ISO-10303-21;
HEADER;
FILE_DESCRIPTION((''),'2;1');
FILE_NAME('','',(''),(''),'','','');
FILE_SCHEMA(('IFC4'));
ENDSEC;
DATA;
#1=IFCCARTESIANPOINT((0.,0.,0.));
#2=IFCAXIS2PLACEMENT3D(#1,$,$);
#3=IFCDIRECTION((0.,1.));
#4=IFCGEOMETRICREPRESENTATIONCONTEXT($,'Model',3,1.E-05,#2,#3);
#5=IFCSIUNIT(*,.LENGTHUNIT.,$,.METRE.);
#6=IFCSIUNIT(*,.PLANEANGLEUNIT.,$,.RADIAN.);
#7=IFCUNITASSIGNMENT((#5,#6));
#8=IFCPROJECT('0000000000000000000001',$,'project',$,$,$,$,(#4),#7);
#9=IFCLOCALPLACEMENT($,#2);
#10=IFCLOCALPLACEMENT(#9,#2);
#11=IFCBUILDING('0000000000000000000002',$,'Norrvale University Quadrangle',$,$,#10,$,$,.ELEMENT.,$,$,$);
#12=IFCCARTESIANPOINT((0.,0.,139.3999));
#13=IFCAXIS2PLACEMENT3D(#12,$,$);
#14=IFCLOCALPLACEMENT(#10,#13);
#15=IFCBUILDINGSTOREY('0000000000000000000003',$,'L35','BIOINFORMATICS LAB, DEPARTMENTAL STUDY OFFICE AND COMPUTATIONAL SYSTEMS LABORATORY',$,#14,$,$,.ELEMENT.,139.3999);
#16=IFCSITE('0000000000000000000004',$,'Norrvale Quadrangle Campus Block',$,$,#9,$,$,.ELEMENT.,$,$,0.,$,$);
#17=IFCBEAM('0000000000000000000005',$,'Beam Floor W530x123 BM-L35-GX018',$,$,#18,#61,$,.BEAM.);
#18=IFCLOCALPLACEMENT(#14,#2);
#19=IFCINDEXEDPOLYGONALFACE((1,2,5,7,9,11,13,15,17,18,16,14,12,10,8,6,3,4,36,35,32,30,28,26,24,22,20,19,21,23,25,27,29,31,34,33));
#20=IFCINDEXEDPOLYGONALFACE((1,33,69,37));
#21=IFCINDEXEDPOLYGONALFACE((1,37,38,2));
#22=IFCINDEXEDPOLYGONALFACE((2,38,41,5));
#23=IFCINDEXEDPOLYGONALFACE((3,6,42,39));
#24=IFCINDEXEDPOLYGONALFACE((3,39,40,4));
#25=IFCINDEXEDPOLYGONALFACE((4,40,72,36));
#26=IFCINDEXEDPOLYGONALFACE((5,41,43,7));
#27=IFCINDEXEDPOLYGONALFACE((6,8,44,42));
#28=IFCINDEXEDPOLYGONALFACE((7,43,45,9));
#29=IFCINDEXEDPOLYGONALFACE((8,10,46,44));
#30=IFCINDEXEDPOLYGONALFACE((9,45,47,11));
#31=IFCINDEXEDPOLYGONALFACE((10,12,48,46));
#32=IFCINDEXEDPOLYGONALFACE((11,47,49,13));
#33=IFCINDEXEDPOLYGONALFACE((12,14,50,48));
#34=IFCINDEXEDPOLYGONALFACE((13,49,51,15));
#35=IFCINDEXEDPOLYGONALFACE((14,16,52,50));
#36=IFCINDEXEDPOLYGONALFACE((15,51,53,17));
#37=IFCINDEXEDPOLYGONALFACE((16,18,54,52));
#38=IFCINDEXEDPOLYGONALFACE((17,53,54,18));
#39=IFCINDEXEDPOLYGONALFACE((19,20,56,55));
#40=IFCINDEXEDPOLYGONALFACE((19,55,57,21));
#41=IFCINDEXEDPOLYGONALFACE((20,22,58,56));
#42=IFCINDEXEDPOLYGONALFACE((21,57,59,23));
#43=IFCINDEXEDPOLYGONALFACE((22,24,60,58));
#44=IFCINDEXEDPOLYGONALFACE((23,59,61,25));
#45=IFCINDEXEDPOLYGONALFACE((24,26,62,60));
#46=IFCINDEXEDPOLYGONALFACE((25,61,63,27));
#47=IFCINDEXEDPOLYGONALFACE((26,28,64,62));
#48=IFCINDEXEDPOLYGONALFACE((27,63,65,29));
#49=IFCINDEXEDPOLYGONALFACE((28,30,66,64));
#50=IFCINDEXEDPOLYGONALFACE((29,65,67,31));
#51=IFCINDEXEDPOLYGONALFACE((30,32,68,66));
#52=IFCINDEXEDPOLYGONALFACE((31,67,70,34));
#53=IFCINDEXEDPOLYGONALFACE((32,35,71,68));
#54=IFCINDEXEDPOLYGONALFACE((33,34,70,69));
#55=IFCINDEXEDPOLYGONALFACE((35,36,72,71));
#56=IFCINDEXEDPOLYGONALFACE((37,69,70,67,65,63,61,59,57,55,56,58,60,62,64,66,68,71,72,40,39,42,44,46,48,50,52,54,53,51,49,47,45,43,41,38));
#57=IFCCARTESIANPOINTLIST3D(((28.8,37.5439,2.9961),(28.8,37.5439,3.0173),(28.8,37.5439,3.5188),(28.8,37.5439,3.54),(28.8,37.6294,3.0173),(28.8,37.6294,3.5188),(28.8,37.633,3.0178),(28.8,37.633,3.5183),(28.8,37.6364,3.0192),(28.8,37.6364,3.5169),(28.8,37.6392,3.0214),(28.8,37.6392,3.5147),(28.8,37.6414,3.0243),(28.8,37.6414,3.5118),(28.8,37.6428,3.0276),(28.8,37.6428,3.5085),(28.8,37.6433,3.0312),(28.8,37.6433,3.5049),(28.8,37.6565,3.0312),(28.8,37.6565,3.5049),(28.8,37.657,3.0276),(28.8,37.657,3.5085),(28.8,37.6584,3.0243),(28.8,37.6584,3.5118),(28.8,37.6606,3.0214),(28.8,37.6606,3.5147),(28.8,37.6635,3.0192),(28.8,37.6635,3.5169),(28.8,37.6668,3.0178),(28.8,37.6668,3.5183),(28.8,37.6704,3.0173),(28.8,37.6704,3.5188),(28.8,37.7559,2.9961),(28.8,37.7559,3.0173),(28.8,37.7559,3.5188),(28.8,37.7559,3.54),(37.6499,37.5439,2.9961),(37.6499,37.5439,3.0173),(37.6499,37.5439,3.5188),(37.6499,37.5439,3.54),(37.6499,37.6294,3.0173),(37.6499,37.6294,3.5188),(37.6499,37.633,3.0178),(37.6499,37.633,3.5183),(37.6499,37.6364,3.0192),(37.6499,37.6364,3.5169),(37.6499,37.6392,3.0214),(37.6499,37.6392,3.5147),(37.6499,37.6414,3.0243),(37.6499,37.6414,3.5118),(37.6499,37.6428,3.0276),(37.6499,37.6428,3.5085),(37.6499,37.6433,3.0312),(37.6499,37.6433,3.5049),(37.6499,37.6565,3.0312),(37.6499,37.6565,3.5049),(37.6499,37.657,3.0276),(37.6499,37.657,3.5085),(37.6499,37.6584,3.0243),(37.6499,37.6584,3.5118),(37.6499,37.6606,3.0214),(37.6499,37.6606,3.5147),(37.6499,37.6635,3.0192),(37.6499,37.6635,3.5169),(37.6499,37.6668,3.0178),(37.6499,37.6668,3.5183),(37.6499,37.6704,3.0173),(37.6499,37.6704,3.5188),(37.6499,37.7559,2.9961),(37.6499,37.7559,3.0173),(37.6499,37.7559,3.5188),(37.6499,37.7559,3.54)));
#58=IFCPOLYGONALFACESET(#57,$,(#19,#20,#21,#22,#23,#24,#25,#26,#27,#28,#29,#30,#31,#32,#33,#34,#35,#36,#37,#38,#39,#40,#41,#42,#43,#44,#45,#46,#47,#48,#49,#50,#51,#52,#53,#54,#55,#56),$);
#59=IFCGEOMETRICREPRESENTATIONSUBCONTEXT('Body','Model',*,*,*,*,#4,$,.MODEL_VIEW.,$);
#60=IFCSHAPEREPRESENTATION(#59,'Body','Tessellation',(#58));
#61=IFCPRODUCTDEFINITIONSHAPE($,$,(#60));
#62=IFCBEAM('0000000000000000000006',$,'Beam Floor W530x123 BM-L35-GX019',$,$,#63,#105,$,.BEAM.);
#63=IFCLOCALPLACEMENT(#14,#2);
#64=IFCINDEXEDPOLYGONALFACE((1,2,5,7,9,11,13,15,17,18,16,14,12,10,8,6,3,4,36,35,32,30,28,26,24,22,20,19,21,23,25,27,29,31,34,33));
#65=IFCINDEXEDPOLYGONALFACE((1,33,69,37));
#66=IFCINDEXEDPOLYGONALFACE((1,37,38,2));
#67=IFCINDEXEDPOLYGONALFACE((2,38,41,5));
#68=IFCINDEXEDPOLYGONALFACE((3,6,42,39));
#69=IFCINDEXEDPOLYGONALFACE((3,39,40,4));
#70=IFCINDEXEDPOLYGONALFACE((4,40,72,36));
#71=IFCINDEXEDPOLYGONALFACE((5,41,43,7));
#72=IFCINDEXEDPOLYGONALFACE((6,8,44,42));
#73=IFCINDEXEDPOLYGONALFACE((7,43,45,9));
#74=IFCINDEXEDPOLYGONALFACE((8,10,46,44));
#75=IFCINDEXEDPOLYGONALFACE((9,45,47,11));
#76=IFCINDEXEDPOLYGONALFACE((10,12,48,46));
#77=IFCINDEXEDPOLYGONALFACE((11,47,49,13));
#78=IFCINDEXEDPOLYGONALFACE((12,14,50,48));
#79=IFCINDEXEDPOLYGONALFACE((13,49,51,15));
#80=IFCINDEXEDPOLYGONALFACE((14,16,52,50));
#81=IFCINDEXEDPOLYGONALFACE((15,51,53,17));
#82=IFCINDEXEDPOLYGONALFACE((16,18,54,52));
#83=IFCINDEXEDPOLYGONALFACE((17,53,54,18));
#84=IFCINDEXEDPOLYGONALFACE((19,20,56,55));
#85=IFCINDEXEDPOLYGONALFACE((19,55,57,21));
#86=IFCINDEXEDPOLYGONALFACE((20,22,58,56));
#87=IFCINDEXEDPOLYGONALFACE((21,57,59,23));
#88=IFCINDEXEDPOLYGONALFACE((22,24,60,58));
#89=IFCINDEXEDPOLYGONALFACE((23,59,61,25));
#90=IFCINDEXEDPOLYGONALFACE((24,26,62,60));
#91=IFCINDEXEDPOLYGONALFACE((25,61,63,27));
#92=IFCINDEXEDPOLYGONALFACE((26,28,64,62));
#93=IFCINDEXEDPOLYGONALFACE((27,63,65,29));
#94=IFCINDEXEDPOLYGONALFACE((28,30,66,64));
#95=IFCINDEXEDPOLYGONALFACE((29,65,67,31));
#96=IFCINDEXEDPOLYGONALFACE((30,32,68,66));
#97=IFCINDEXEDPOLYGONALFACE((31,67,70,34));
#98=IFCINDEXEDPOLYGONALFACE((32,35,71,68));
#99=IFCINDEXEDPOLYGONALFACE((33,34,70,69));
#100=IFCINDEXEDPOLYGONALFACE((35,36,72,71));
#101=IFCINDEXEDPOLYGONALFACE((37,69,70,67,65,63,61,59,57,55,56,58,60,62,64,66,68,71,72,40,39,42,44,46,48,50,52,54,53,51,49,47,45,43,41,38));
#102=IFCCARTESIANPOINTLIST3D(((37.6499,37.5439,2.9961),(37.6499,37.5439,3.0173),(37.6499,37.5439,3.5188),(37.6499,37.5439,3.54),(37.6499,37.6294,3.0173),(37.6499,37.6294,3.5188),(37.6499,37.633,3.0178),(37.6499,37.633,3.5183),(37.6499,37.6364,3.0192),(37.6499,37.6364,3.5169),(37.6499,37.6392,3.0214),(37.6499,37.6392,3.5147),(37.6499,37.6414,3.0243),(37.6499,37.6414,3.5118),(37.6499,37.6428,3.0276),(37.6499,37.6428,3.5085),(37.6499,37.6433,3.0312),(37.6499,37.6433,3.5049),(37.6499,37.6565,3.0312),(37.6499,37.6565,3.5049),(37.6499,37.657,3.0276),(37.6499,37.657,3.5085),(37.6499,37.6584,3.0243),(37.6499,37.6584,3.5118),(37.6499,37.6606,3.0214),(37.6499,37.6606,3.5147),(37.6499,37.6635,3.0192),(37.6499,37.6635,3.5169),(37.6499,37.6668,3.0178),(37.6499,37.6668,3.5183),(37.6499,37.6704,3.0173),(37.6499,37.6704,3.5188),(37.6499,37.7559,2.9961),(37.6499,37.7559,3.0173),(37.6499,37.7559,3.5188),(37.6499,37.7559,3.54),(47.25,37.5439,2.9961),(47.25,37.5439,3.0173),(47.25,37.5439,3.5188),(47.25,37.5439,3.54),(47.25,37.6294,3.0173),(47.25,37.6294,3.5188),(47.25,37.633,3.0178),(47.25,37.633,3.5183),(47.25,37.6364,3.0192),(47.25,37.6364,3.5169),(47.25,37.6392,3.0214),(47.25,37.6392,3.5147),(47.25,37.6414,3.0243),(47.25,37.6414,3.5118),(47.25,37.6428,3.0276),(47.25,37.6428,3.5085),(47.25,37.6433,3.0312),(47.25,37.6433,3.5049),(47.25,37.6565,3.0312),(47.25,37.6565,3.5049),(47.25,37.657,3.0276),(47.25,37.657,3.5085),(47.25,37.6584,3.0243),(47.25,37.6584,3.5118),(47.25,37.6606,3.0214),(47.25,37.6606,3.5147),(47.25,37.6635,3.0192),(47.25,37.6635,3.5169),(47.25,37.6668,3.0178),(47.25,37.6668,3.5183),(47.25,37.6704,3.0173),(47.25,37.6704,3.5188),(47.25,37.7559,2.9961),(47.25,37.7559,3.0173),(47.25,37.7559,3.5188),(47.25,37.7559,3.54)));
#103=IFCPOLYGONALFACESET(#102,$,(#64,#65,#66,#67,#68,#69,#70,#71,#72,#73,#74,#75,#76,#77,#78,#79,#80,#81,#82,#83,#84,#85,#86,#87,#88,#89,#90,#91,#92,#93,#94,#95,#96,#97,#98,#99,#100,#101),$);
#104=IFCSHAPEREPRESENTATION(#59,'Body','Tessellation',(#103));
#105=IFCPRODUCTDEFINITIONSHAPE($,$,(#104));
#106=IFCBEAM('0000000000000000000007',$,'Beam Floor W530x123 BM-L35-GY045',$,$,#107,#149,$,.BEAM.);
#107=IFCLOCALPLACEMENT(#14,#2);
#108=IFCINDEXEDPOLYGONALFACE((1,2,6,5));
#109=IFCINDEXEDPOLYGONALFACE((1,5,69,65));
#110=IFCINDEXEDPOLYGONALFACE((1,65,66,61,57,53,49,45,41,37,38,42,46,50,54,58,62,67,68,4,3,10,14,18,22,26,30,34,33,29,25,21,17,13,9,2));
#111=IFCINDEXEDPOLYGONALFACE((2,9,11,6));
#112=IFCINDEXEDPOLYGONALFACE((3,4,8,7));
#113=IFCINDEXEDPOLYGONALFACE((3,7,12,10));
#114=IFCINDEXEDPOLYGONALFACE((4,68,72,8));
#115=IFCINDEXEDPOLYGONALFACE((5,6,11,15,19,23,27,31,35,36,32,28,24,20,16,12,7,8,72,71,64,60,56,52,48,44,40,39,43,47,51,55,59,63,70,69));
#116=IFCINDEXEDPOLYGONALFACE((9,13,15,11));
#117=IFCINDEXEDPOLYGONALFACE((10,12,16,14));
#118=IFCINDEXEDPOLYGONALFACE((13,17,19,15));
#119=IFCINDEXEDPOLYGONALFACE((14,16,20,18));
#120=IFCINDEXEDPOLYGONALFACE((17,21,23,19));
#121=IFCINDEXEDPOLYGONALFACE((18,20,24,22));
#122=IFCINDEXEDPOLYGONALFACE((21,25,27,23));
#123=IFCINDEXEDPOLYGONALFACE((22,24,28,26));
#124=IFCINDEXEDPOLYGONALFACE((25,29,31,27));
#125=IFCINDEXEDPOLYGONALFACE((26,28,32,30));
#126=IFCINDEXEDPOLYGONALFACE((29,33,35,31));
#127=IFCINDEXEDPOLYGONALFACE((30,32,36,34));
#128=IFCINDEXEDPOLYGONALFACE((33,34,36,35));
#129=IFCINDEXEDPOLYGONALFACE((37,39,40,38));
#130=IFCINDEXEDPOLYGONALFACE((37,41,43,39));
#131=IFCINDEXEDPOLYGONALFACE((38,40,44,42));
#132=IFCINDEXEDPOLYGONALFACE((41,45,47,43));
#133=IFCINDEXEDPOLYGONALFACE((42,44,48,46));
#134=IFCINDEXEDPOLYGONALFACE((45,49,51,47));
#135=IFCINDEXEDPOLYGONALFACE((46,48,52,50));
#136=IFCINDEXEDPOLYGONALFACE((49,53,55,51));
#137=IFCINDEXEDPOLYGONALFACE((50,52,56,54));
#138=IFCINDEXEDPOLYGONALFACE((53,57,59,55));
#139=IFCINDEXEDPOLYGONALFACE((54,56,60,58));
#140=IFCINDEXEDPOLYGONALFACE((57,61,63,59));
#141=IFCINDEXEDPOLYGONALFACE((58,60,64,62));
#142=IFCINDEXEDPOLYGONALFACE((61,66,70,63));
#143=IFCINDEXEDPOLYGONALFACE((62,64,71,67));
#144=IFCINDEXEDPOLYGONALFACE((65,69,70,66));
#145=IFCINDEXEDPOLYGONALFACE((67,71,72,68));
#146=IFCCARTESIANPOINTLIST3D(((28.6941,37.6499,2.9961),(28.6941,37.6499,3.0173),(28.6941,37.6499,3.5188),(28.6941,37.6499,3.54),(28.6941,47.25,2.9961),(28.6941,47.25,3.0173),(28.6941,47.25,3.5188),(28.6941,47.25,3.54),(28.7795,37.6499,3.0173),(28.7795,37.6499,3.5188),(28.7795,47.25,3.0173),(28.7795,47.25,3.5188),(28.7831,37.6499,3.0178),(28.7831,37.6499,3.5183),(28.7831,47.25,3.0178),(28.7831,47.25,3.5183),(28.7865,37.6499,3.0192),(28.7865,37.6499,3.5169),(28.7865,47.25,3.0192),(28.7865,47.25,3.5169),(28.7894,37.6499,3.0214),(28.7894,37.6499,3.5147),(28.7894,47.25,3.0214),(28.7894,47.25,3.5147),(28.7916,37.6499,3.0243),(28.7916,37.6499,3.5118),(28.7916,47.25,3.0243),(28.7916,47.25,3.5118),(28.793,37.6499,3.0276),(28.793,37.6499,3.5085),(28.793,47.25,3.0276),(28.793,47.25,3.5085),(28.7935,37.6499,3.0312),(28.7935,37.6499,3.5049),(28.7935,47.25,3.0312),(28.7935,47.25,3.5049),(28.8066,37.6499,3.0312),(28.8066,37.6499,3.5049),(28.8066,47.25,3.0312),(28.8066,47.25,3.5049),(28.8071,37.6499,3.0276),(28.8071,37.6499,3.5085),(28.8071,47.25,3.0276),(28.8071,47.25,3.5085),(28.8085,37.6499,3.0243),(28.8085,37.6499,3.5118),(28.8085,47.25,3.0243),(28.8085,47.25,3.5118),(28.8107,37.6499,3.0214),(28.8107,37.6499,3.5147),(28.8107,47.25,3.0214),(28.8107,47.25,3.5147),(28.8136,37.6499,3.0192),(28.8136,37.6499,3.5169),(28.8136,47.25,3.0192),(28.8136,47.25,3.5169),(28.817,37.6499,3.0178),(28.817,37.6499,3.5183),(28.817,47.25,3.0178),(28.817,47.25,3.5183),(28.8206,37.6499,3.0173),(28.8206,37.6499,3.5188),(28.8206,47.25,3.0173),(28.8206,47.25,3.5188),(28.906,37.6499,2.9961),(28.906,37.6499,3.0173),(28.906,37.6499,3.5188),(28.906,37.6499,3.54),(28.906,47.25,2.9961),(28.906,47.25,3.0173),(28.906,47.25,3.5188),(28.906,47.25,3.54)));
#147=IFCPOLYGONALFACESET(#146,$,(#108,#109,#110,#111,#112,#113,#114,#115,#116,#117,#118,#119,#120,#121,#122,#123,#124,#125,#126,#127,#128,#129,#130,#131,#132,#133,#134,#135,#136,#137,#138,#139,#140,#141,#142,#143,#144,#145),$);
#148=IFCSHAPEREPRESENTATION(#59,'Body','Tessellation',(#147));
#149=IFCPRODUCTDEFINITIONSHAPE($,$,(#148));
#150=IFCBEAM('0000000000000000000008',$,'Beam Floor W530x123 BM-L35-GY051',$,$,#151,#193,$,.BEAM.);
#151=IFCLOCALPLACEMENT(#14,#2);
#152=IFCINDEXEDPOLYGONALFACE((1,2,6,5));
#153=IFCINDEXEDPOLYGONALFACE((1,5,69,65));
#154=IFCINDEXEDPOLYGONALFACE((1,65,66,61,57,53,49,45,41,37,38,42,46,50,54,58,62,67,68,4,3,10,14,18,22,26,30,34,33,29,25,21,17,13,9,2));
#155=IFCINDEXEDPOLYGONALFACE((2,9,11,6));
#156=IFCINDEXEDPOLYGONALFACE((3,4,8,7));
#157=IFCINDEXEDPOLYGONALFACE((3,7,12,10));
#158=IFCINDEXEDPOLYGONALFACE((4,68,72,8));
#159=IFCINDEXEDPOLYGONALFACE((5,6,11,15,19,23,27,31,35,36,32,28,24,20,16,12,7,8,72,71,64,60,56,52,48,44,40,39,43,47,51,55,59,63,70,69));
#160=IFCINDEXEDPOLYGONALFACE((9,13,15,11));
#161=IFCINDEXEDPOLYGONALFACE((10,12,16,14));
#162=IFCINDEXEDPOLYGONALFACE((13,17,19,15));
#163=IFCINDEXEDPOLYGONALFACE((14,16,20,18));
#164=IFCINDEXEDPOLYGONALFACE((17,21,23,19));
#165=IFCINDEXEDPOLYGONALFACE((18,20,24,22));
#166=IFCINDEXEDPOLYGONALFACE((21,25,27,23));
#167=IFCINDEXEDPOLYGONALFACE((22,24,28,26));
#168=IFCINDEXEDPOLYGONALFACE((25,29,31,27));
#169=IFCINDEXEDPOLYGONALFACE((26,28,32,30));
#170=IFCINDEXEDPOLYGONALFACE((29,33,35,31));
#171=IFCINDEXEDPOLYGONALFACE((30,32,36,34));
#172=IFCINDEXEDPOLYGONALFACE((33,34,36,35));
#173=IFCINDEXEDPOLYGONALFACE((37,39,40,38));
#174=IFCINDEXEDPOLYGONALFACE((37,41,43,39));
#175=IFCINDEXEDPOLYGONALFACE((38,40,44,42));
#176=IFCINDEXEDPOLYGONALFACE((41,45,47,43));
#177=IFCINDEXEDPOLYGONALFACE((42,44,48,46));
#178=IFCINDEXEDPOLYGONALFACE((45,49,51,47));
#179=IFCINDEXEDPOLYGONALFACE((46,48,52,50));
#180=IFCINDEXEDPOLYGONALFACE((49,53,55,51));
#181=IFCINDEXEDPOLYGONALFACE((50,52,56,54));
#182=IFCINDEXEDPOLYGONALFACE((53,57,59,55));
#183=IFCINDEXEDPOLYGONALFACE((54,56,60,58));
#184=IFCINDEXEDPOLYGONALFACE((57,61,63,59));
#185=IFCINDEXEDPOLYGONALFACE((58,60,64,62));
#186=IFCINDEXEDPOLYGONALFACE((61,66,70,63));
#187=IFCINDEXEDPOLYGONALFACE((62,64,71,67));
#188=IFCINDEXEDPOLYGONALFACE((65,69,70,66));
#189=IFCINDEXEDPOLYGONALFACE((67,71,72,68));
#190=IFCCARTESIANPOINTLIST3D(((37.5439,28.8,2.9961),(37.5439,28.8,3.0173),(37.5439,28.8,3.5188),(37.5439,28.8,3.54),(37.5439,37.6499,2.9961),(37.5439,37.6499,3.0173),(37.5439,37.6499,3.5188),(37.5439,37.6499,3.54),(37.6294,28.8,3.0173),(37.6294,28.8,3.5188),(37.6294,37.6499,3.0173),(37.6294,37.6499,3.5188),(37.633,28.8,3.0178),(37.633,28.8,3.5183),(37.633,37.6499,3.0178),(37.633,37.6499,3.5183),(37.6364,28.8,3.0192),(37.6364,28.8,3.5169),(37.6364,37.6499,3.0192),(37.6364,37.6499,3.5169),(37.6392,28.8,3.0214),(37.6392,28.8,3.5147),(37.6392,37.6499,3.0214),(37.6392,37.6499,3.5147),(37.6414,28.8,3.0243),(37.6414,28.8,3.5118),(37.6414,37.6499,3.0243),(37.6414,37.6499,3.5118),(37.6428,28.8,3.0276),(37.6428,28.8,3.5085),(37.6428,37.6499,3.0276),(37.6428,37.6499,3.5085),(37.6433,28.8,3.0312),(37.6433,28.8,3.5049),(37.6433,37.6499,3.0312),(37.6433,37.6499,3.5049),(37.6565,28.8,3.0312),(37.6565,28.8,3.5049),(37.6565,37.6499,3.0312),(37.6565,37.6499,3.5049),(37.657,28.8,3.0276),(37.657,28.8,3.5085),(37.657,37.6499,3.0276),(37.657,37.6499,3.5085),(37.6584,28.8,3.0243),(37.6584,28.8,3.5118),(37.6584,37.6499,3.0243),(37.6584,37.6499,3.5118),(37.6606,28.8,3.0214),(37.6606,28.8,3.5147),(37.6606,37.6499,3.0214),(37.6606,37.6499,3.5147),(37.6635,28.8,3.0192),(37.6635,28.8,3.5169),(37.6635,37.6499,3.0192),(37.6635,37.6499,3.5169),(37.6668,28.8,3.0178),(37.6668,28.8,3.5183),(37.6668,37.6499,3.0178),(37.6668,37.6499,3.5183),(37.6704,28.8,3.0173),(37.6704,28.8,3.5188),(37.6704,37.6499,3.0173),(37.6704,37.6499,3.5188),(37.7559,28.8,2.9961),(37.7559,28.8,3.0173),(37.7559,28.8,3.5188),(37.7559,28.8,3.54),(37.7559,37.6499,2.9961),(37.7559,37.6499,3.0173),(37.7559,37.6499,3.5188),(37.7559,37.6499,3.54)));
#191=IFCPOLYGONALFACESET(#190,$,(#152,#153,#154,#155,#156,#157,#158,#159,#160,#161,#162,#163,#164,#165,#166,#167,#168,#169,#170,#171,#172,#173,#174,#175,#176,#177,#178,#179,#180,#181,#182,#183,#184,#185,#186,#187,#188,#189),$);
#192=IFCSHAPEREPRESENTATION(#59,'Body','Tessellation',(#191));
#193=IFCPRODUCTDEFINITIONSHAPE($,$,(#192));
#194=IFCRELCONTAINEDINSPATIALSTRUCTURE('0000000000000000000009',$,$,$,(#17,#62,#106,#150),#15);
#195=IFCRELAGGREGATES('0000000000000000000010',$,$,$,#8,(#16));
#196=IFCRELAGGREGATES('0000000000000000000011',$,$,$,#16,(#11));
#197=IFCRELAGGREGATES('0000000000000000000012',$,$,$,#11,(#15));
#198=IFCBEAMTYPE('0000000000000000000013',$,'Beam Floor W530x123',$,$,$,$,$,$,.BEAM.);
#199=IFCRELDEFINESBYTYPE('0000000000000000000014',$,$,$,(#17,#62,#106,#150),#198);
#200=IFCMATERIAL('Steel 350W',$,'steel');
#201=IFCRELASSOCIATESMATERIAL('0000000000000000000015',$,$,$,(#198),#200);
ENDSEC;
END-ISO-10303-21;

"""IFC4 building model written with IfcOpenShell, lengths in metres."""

from ifc_helpers import new_model, si_unit, direction, frame, origin, origin_2d, place, context, subcontext, project, spatial, i_section, extrude, material, material_profile, profile_set, type_object, element, save


model = new_model("IFC4")

# Units and contexts
model_context = context("Model", 3, precision=1e-05, world=origin(), true_north=direction((0.0, 1.0)))
body_context = subcontext(model_context, "Body", "Model", "MODEL_VIEW")
ifc_project = project(units=[si_unit("LENGTHUNIT", "METRE"), si_unit("PLANEANGLEUNIT", "RADIAN")], contexts=[model_context])

# Site, building, storey
site_placement = place(None, origin())
site = spatial("IfcSite", under=ifc_project, at=site_placement, Name="Norrvale Quadrangle Campus Block", CompositionType="ELEMENT", RefElevation=0.0)
building_placement = place(site_placement, origin())
building = spatial("IfcBuilding", under=site, at=building_placement, Name="Norrvale University Quadrangle", CompositionType="ELEMENT")
storey_placement = place(building_placement, frame((0.0, 0.0, 139.3999)))
storey = spatial("IfcBuildingStorey", under=building, at=storey_placement, Name="L35", Description="BIOINFORMATICS LAB, DEPARTMENTAL STUDY OFFICE AND COMPUTATIONAL SYSTEMS LABORATORY", CompositionType="ELEMENT", Elevation=139.3999)

# Beams
ifc_material_1 = material(Name="Steel 350W", Category="steel")
ifc_material_profile_1 = material_profile(ifc_material_1, i_section(OverallWidth=0.2119, OverallDepth=0.5439, WebThickness=0.0132, FlangeThickness=0.0212, FilletRadius=0.0139, at=origin_2d()), Name="Steel 350W")
ifc_profile_set_1 = profile_set([ifc_material_profile_1], Name="Steel 350W")
beam_type_1 = type_object("IfcBeamType", Name="Beam Floor W530x123", PredefinedType="BEAM", material=ifc_profile_set_1)
beam_1_placement = place(storey_placement, frame((28.8, 37.6499, 3.2681), z_axis=(1.0, 0.0, 0.0), x_axis=(0.0, 1.0, 0.0)))
element("IfcBeam", 1, at=beam_1_placement, inside=storey, type_object=beam_type_1, Name="Beam Floor W530x123 BM-L35-GX018", PredefinedType="BEAM", context=body_context, shape_type="SweptSolid", body=[
    extrude(i_section(OverallWidth=0.2119, OverallDepth=0.5439, WebThickness=0.0132, FlangeThickness=0.0212, FilletRadius=0.0139, at=origin_2d()), origin(), (0.0, 0.0, 1.0), 8.8499),
])
for number, where, z_axis, x_axis, name in (
    (2, (37.6499, 37.6499, 3.2681), (1.0, 0.0, 0.0), (0.0, 1.0, 0.0), "Beam Floor W530x123 BM-L35-GX019"),
    (3, (28.8, 37.6499, 3.2681), (0.0, 1.0, 0.0), (-1.0, 0.0, 0.0), "Beam Floor W530x123 BM-L35-GY045"),
):
    element("IfcBeam", number, at=place(storey_placement, frame(where, z_axis=z_axis, x_axis=x_axis)), inside=storey, type_object=beam_type_1, Name=name, PredefinedType="BEAM", context=body_context, shape_type="SweptSolid", body=[
        extrude(i_section(OverallWidth=0.2119, OverallDepth=0.5439, WebThickness=0.0132, FlangeThickness=0.0212, FilletRadius=0.0139, at=origin_2d()), origin(), (0.0, 0.0, 1.0), 9.6001),
    ])
beam_2_placement = place(storey_placement, frame((37.6499, 28.8, 3.2681), z_axis=(0.0, 1.0, 0.0), x_axis=(-1.0, 0.0, 0.0)))
element("IfcBeam", 4, at=beam_2_placement, inside=storey, type_object=beam_type_1, Name="Beam Floor W530x123 BM-L35-GY051", PredefinedType="BEAM", context=body_context, shape_type="SweptSolid", body=[
    extrude(i_section(OverallWidth=0.2119, OverallDepth=0.5439, WebThickness=0.0132, FlangeThickness=0.0212, FilletRadius=0.0139, at=origin_2d()), origin(), (0.0, 0.0, 1.0), 8.8499),
])

save(model, "model.ifc")
